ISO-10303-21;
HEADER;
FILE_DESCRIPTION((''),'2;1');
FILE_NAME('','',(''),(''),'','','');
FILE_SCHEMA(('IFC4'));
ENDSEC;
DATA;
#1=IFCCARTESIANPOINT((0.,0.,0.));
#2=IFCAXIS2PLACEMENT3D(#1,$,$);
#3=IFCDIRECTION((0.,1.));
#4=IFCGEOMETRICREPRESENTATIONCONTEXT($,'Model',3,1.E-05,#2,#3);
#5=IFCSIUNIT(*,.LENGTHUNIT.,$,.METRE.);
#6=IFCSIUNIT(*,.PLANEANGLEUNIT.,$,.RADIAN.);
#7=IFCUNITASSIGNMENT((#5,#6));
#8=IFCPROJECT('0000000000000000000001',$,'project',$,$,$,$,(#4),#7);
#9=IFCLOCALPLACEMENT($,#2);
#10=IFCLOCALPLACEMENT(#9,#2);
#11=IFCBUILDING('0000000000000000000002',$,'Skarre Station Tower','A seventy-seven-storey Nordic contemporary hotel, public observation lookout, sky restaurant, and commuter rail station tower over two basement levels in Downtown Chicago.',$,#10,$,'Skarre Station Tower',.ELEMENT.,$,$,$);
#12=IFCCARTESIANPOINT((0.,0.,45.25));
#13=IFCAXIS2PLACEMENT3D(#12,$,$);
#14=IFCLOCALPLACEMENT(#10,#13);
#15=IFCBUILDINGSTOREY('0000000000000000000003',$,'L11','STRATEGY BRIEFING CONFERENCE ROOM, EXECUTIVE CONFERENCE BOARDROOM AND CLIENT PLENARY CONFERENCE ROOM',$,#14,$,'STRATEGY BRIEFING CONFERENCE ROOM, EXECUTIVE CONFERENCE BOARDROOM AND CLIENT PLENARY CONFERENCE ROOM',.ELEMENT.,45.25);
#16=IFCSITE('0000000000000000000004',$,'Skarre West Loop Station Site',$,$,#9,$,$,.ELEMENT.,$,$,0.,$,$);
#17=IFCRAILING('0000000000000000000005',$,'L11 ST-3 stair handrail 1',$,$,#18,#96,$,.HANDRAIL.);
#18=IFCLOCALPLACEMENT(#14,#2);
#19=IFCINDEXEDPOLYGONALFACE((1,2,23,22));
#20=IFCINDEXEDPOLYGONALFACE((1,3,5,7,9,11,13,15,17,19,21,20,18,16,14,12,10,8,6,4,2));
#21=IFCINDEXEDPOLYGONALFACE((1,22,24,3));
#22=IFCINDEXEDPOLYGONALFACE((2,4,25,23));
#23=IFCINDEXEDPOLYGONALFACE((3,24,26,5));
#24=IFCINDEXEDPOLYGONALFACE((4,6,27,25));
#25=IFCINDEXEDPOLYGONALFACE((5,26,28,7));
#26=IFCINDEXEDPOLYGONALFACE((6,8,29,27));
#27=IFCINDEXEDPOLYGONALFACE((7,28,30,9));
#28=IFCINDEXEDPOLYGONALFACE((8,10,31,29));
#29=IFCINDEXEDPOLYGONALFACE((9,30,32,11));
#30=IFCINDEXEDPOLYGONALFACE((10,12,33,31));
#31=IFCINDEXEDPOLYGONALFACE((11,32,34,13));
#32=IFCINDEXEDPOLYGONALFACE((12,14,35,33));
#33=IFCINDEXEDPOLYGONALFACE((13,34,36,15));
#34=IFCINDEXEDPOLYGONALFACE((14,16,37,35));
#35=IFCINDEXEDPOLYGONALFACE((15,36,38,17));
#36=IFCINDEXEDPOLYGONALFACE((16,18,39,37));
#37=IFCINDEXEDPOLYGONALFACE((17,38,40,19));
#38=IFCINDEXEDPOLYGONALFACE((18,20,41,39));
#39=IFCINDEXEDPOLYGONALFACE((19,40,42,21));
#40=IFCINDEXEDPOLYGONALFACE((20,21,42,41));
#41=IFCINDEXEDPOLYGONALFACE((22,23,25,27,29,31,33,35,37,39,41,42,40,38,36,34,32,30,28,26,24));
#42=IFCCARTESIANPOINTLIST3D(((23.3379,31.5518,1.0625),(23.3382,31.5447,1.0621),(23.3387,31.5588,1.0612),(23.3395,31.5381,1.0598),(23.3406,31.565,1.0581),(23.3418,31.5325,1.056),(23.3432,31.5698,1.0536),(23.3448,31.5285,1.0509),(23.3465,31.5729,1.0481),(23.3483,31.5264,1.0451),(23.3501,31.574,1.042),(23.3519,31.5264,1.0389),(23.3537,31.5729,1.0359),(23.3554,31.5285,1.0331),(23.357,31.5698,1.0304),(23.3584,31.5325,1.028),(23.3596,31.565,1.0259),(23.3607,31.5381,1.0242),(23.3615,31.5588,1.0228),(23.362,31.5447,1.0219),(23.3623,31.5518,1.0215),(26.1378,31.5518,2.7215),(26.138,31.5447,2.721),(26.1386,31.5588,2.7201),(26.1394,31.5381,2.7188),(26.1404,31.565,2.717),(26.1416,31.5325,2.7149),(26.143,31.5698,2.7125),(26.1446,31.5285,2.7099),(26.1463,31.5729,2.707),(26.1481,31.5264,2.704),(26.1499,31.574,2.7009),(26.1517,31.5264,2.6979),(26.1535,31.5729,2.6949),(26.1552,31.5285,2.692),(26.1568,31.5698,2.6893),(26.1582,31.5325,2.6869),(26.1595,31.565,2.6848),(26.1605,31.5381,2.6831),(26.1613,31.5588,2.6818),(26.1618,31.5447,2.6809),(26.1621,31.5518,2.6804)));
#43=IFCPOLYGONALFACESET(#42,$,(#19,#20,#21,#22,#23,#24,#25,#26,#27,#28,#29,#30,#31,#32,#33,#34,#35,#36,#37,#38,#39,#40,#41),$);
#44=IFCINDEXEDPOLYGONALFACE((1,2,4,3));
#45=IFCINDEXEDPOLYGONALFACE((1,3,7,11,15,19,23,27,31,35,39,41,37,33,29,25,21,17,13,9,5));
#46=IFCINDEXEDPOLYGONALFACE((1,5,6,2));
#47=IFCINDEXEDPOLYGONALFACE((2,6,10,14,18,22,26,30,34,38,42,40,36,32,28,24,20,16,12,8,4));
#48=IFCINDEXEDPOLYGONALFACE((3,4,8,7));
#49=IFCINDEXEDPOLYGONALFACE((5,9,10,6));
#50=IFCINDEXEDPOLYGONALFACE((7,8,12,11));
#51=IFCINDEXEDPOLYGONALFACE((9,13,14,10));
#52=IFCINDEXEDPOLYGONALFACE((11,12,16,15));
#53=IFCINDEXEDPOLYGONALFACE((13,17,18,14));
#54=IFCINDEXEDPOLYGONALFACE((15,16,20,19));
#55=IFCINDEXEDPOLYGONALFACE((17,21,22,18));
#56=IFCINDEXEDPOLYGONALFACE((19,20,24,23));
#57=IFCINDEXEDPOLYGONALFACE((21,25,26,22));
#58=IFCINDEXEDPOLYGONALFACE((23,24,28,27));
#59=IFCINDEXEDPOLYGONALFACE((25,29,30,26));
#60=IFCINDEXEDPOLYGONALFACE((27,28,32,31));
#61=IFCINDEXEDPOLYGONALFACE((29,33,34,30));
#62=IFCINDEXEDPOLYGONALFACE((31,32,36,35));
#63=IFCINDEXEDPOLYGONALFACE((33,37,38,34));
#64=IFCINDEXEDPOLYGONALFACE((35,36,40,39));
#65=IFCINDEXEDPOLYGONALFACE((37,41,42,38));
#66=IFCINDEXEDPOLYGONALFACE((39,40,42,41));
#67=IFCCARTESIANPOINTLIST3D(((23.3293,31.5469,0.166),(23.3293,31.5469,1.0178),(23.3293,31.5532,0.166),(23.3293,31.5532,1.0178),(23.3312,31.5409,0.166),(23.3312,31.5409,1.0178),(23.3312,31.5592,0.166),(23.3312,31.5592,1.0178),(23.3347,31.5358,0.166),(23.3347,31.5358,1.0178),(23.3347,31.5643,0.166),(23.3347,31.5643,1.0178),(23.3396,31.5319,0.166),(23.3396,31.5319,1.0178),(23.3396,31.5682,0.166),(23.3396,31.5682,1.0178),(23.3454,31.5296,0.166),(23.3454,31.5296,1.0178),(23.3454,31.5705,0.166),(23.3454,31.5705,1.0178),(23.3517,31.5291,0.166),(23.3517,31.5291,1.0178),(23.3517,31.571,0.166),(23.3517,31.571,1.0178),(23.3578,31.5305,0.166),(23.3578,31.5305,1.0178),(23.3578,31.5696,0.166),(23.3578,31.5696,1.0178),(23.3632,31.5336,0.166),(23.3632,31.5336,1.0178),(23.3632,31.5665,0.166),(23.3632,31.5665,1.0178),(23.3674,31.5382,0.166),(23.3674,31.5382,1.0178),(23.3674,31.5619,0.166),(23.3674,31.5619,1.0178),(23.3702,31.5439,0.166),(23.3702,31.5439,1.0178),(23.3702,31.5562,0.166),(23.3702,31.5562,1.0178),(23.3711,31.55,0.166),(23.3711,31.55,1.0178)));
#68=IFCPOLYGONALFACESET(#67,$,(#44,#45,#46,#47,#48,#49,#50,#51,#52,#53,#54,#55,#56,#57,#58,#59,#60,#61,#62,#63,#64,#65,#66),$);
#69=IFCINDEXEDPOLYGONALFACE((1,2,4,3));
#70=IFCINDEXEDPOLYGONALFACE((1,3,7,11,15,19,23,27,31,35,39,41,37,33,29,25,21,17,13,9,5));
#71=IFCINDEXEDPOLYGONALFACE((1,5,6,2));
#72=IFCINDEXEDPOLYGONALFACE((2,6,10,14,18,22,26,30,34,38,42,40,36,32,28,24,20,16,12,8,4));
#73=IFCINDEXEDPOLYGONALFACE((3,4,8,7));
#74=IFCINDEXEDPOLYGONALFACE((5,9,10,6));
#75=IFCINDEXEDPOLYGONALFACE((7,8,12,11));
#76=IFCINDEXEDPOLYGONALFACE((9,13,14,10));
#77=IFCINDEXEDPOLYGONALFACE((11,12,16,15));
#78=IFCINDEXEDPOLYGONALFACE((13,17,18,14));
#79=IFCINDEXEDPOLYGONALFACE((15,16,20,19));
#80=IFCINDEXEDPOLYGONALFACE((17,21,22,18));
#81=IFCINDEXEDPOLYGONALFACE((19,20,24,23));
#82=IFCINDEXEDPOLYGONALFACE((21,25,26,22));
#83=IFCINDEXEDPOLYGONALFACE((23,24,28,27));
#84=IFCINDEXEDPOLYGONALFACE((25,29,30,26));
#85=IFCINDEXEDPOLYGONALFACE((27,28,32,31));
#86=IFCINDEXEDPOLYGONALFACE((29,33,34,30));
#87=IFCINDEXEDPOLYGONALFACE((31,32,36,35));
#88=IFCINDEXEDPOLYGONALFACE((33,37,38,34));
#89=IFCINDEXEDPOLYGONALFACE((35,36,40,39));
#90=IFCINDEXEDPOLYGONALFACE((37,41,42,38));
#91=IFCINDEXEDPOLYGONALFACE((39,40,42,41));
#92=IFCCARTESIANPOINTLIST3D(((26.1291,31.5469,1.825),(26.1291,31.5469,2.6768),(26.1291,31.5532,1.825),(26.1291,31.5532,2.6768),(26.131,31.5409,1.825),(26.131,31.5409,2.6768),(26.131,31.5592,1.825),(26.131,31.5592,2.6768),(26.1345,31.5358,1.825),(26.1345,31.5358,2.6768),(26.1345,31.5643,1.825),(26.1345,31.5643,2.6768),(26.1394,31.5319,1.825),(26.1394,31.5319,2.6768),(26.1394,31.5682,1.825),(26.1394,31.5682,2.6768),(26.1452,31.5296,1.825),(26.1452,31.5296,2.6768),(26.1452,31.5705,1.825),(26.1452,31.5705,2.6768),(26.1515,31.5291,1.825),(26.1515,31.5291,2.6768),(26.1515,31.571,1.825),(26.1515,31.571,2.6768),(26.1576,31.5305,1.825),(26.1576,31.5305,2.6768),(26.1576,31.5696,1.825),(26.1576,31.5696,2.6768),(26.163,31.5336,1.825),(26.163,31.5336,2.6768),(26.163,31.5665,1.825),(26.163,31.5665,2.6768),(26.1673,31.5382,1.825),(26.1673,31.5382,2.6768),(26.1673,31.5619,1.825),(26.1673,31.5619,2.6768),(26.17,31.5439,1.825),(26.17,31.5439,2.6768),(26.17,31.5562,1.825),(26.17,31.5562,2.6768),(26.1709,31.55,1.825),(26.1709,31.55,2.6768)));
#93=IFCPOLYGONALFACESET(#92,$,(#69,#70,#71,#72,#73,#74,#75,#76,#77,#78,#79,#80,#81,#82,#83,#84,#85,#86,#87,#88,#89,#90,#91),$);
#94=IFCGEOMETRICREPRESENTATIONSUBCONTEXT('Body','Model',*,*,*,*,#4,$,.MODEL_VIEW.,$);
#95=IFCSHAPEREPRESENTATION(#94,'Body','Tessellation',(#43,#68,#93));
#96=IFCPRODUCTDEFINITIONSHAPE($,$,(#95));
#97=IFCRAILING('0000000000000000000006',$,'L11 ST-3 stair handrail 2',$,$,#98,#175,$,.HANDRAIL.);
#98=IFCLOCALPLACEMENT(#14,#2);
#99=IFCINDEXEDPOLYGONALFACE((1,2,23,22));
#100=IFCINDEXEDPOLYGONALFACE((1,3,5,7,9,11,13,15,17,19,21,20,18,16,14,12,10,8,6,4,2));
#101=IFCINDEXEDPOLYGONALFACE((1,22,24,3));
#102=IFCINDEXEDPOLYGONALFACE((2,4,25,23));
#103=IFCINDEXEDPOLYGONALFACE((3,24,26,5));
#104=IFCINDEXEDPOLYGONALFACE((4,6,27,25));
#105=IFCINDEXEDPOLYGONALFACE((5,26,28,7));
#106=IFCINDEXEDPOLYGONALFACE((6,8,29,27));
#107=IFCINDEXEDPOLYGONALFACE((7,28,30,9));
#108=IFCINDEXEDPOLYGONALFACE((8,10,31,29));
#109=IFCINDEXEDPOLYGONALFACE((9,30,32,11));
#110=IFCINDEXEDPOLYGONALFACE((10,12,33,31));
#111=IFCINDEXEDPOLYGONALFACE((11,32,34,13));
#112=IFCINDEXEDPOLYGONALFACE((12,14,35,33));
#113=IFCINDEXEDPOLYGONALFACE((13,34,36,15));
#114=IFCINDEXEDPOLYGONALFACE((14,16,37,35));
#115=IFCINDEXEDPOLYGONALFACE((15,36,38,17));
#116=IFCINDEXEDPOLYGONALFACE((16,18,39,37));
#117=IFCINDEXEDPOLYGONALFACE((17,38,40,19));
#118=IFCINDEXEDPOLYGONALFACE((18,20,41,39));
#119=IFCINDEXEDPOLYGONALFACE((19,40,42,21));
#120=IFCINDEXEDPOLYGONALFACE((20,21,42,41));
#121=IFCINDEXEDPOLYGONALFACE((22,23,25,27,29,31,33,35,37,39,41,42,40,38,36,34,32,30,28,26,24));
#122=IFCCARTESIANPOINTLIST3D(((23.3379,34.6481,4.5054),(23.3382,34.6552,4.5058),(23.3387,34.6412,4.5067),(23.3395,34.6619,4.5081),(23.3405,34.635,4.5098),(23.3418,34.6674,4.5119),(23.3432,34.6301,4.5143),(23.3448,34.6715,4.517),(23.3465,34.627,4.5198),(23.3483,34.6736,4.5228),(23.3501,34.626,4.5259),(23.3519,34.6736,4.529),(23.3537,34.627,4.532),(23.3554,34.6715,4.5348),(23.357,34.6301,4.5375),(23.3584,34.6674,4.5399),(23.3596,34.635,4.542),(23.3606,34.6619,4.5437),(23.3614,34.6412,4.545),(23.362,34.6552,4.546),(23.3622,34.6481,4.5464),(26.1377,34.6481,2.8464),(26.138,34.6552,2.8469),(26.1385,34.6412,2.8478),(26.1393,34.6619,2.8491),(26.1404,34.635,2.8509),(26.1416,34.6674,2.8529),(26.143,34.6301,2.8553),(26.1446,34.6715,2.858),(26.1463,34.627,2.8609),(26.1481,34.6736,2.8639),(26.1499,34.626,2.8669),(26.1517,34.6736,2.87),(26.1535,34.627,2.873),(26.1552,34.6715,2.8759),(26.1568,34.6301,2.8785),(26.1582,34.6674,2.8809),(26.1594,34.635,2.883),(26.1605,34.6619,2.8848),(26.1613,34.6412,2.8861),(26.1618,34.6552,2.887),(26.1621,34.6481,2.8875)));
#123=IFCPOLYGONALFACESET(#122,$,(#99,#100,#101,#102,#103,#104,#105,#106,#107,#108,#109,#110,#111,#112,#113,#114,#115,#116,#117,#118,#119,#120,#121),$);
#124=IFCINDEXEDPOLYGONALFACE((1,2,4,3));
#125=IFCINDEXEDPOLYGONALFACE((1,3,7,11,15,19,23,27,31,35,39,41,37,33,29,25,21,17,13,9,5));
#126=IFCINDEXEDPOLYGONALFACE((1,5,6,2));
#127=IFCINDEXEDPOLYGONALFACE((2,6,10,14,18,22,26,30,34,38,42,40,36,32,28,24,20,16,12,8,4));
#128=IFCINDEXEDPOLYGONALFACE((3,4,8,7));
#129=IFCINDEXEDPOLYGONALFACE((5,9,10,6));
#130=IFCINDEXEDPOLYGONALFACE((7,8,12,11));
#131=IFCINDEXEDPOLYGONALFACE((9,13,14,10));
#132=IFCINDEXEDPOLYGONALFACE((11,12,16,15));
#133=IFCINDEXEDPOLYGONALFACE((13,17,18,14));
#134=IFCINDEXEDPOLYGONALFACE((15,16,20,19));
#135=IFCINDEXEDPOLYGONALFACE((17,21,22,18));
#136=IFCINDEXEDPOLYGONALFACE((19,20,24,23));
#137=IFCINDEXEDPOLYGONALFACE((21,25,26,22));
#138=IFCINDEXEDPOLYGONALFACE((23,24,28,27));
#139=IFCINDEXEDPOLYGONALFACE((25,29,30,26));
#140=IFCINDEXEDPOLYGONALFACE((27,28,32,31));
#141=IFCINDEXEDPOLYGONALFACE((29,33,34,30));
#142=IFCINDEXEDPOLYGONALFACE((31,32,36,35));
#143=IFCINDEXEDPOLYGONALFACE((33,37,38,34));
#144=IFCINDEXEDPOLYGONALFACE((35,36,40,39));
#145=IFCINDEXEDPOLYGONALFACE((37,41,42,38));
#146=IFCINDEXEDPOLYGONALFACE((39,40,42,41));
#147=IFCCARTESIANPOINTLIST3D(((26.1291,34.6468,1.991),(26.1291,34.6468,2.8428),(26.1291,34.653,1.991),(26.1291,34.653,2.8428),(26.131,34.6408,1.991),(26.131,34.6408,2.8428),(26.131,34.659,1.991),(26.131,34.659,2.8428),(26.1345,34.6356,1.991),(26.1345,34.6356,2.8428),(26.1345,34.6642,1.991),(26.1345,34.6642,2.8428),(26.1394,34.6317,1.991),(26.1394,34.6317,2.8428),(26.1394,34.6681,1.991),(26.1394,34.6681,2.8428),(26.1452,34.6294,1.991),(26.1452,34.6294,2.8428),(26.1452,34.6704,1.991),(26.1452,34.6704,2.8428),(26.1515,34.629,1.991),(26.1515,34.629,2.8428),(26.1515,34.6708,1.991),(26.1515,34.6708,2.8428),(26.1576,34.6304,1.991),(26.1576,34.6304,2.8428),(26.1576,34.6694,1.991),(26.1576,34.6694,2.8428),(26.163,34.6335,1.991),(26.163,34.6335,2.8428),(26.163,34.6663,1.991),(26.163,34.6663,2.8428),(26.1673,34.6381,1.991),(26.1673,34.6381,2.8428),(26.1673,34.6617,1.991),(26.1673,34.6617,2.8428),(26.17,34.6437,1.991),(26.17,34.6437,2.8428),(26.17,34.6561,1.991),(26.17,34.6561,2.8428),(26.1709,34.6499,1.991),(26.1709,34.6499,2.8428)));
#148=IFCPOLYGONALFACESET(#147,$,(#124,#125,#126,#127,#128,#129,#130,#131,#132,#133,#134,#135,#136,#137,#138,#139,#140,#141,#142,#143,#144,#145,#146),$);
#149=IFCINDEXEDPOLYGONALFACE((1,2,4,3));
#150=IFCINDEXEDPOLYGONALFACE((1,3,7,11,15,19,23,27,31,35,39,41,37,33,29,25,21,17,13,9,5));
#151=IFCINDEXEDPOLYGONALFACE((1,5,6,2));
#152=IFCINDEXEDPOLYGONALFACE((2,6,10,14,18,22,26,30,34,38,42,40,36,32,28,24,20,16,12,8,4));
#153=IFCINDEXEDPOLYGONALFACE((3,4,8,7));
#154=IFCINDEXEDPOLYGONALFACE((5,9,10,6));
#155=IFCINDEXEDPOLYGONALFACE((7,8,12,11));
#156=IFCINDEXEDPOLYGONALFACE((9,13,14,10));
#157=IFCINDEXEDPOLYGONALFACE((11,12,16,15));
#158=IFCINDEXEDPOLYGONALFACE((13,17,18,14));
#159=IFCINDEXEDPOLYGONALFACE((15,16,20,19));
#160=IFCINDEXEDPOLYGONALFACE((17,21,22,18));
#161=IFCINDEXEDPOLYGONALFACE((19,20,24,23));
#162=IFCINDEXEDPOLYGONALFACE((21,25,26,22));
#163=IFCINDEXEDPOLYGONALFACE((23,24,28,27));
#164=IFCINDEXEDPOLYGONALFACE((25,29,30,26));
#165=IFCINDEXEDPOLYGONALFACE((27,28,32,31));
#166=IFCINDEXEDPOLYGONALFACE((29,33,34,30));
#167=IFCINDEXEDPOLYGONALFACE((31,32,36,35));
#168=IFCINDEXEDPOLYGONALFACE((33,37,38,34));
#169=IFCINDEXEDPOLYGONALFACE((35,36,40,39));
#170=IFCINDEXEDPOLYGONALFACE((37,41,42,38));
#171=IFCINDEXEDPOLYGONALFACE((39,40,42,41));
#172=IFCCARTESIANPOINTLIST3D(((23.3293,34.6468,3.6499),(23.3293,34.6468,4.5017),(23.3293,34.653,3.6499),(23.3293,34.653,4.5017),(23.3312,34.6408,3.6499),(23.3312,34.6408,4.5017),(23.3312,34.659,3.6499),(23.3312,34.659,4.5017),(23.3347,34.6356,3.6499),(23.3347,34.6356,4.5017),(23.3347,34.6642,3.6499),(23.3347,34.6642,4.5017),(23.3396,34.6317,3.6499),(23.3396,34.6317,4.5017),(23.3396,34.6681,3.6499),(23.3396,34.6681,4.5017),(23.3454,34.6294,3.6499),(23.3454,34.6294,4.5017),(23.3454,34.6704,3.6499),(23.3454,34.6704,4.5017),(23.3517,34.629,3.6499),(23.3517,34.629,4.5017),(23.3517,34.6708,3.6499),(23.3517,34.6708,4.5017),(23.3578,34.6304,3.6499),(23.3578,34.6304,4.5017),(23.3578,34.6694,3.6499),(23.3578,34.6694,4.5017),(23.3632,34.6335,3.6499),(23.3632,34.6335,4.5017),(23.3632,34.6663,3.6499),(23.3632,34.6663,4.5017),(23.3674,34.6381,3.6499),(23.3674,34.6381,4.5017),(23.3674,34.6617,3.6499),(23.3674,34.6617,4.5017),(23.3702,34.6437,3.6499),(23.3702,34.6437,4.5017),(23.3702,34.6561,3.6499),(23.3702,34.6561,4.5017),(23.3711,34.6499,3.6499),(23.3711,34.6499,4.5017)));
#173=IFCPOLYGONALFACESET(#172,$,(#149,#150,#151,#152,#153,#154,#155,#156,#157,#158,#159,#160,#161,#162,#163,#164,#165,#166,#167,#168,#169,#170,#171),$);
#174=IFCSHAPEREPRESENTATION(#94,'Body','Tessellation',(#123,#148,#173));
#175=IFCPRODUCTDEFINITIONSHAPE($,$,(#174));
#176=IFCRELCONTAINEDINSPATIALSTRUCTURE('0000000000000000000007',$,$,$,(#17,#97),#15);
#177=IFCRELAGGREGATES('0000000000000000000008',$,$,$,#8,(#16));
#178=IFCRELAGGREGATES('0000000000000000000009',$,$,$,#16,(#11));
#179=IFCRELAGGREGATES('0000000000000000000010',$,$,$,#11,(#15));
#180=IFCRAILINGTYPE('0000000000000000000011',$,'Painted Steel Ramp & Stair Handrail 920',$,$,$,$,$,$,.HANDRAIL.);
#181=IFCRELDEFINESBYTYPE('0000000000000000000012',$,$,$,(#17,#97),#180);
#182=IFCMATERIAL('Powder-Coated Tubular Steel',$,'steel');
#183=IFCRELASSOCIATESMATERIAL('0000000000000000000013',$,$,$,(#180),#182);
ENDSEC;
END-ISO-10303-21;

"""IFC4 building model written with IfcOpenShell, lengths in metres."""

from ifc_helpers import new_model, si_unit, direction, frame, origin, origin_2d, place, context, subcontext, project, spatial, circle, extrude, material, type_object, element, save


model = new_model("IFC4")

# Units and contexts
model_context = context("Model", 3, precision=1e-05, world=origin(), true_north=direction((0.0, 1.0)))
body_context = subcontext(model_context, "Body", "Model", "MODEL_VIEW")
ifc_project = project(units=[si_unit("LENGTHUNIT", "METRE"), si_unit("PLANEANGLEUNIT", "RADIAN")], contexts=[model_context])

# Site, building, storey
site_placement = place(None, origin())
site = spatial("IfcSite", under=ifc_project, at=site_placement, Name="Skarre West Loop Station Site", CompositionType="ELEMENT", RefElevation=0.0)
building_placement = place(site_placement, origin())
building = spatial("IfcBuilding", under=site, at=building_placement, Name="Skarre Station Tower", Description="A seventy-seven-storey Nordic contemporary hotel, public observation lookout, sky restaurant, and commuter rail station tower over two basement levels in Downtown Chicago.", LongName="Skarre Station Tower", CompositionType="ELEMENT")
storey_placement = place(building_placement, frame((0.0, 0.0, 45.25)))
storey = spatial("IfcBuildingStorey", under=building, at=storey_placement, Name="L11", Description="STRATEGY BRIEFING CONFERENCE ROOM, EXECUTIVE CONFERENCE BOARDROOM AND CLIENT PLENARY CONFERENCE ROOM", LongName="STRATEGY BRIEFING CONFERENCE ROOM, EXECUTIVE CONFERENCE BOARDROOM AND CLIENT PLENARY CONFERENCE ROOM", CompositionType="ELEMENT", Elevation=45.25)

# Railings
ifc_material_1 = material(Name="Powder-Coated Tubular Steel", Category="steel")
railing_type_1 = type_object("IfcRailingType", Name="Painted Steel Ramp & Stair Handrail 920", PredefinedType="HANDRAIL", material=ifc_material_1)
railing_1_placement = place(storey_placement, frame((23.3501, 31.55, 0.166)))
element("IfcRailing", 1, at=railing_1_placement, inside=storey, type_object=railing_type_1, Name="L11 ST-3 stair handrail 1", PredefinedType="HANDRAIL", context=body_context, shape_type="SweptSolid", body=[
    extrude(circle(Radius=0.0239, at=origin_2d()), frame((0.0, 0.0, 0.876), z_axis=(0.86032, 0.0, 0.509755), x_axis=(0.0, 1.0, 0.0)), (0.0, 0.0, 1.0), 3.2544),
    extrude(circle(Radius=0.021, at=origin_2d()), origin(), (0.0, 0.0, 1.0), 0.8518),
    extrude(circle(Radius=0.021, at=origin_2d()), frame((2.7998, 0.0, 1.6589)), (0.0, 0.0, 1.0), 0.8518),
])
railing_2_placement = place(storey_placement, frame((26.1499, 34.6499, 1.991)))
element("IfcRailing", 2, at=railing_2_placement, inside=storey, type_object=railing_type_1, Name="L11 ST-3 stair handrail 2", PredefinedType="HANDRAIL", context=body_context, shape_type="SweptSolid", body=[
    extrude(circle(Radius=0.0239, at=origin_2d()), frame((0.0, 0.0, 0.876), z_axis=(-0.86032, 0.0, 0.509755), x_axis=(0.0, -1.0, 0.0)), (0.0, 0.0, 1.0), 3.2544),
    extrude(circle(Radius=0.021, at=origin_2d()), origin(), (0.0, 0.0, 1.0), 0.8518),
    extrude(circle(Radius=0.021, at=origin_2d()), frame((-2.7998, 0.0, 1.6589)), (0.0, 0.0, 1.0), 0.8518),
])

save(model, "model.ifc")
